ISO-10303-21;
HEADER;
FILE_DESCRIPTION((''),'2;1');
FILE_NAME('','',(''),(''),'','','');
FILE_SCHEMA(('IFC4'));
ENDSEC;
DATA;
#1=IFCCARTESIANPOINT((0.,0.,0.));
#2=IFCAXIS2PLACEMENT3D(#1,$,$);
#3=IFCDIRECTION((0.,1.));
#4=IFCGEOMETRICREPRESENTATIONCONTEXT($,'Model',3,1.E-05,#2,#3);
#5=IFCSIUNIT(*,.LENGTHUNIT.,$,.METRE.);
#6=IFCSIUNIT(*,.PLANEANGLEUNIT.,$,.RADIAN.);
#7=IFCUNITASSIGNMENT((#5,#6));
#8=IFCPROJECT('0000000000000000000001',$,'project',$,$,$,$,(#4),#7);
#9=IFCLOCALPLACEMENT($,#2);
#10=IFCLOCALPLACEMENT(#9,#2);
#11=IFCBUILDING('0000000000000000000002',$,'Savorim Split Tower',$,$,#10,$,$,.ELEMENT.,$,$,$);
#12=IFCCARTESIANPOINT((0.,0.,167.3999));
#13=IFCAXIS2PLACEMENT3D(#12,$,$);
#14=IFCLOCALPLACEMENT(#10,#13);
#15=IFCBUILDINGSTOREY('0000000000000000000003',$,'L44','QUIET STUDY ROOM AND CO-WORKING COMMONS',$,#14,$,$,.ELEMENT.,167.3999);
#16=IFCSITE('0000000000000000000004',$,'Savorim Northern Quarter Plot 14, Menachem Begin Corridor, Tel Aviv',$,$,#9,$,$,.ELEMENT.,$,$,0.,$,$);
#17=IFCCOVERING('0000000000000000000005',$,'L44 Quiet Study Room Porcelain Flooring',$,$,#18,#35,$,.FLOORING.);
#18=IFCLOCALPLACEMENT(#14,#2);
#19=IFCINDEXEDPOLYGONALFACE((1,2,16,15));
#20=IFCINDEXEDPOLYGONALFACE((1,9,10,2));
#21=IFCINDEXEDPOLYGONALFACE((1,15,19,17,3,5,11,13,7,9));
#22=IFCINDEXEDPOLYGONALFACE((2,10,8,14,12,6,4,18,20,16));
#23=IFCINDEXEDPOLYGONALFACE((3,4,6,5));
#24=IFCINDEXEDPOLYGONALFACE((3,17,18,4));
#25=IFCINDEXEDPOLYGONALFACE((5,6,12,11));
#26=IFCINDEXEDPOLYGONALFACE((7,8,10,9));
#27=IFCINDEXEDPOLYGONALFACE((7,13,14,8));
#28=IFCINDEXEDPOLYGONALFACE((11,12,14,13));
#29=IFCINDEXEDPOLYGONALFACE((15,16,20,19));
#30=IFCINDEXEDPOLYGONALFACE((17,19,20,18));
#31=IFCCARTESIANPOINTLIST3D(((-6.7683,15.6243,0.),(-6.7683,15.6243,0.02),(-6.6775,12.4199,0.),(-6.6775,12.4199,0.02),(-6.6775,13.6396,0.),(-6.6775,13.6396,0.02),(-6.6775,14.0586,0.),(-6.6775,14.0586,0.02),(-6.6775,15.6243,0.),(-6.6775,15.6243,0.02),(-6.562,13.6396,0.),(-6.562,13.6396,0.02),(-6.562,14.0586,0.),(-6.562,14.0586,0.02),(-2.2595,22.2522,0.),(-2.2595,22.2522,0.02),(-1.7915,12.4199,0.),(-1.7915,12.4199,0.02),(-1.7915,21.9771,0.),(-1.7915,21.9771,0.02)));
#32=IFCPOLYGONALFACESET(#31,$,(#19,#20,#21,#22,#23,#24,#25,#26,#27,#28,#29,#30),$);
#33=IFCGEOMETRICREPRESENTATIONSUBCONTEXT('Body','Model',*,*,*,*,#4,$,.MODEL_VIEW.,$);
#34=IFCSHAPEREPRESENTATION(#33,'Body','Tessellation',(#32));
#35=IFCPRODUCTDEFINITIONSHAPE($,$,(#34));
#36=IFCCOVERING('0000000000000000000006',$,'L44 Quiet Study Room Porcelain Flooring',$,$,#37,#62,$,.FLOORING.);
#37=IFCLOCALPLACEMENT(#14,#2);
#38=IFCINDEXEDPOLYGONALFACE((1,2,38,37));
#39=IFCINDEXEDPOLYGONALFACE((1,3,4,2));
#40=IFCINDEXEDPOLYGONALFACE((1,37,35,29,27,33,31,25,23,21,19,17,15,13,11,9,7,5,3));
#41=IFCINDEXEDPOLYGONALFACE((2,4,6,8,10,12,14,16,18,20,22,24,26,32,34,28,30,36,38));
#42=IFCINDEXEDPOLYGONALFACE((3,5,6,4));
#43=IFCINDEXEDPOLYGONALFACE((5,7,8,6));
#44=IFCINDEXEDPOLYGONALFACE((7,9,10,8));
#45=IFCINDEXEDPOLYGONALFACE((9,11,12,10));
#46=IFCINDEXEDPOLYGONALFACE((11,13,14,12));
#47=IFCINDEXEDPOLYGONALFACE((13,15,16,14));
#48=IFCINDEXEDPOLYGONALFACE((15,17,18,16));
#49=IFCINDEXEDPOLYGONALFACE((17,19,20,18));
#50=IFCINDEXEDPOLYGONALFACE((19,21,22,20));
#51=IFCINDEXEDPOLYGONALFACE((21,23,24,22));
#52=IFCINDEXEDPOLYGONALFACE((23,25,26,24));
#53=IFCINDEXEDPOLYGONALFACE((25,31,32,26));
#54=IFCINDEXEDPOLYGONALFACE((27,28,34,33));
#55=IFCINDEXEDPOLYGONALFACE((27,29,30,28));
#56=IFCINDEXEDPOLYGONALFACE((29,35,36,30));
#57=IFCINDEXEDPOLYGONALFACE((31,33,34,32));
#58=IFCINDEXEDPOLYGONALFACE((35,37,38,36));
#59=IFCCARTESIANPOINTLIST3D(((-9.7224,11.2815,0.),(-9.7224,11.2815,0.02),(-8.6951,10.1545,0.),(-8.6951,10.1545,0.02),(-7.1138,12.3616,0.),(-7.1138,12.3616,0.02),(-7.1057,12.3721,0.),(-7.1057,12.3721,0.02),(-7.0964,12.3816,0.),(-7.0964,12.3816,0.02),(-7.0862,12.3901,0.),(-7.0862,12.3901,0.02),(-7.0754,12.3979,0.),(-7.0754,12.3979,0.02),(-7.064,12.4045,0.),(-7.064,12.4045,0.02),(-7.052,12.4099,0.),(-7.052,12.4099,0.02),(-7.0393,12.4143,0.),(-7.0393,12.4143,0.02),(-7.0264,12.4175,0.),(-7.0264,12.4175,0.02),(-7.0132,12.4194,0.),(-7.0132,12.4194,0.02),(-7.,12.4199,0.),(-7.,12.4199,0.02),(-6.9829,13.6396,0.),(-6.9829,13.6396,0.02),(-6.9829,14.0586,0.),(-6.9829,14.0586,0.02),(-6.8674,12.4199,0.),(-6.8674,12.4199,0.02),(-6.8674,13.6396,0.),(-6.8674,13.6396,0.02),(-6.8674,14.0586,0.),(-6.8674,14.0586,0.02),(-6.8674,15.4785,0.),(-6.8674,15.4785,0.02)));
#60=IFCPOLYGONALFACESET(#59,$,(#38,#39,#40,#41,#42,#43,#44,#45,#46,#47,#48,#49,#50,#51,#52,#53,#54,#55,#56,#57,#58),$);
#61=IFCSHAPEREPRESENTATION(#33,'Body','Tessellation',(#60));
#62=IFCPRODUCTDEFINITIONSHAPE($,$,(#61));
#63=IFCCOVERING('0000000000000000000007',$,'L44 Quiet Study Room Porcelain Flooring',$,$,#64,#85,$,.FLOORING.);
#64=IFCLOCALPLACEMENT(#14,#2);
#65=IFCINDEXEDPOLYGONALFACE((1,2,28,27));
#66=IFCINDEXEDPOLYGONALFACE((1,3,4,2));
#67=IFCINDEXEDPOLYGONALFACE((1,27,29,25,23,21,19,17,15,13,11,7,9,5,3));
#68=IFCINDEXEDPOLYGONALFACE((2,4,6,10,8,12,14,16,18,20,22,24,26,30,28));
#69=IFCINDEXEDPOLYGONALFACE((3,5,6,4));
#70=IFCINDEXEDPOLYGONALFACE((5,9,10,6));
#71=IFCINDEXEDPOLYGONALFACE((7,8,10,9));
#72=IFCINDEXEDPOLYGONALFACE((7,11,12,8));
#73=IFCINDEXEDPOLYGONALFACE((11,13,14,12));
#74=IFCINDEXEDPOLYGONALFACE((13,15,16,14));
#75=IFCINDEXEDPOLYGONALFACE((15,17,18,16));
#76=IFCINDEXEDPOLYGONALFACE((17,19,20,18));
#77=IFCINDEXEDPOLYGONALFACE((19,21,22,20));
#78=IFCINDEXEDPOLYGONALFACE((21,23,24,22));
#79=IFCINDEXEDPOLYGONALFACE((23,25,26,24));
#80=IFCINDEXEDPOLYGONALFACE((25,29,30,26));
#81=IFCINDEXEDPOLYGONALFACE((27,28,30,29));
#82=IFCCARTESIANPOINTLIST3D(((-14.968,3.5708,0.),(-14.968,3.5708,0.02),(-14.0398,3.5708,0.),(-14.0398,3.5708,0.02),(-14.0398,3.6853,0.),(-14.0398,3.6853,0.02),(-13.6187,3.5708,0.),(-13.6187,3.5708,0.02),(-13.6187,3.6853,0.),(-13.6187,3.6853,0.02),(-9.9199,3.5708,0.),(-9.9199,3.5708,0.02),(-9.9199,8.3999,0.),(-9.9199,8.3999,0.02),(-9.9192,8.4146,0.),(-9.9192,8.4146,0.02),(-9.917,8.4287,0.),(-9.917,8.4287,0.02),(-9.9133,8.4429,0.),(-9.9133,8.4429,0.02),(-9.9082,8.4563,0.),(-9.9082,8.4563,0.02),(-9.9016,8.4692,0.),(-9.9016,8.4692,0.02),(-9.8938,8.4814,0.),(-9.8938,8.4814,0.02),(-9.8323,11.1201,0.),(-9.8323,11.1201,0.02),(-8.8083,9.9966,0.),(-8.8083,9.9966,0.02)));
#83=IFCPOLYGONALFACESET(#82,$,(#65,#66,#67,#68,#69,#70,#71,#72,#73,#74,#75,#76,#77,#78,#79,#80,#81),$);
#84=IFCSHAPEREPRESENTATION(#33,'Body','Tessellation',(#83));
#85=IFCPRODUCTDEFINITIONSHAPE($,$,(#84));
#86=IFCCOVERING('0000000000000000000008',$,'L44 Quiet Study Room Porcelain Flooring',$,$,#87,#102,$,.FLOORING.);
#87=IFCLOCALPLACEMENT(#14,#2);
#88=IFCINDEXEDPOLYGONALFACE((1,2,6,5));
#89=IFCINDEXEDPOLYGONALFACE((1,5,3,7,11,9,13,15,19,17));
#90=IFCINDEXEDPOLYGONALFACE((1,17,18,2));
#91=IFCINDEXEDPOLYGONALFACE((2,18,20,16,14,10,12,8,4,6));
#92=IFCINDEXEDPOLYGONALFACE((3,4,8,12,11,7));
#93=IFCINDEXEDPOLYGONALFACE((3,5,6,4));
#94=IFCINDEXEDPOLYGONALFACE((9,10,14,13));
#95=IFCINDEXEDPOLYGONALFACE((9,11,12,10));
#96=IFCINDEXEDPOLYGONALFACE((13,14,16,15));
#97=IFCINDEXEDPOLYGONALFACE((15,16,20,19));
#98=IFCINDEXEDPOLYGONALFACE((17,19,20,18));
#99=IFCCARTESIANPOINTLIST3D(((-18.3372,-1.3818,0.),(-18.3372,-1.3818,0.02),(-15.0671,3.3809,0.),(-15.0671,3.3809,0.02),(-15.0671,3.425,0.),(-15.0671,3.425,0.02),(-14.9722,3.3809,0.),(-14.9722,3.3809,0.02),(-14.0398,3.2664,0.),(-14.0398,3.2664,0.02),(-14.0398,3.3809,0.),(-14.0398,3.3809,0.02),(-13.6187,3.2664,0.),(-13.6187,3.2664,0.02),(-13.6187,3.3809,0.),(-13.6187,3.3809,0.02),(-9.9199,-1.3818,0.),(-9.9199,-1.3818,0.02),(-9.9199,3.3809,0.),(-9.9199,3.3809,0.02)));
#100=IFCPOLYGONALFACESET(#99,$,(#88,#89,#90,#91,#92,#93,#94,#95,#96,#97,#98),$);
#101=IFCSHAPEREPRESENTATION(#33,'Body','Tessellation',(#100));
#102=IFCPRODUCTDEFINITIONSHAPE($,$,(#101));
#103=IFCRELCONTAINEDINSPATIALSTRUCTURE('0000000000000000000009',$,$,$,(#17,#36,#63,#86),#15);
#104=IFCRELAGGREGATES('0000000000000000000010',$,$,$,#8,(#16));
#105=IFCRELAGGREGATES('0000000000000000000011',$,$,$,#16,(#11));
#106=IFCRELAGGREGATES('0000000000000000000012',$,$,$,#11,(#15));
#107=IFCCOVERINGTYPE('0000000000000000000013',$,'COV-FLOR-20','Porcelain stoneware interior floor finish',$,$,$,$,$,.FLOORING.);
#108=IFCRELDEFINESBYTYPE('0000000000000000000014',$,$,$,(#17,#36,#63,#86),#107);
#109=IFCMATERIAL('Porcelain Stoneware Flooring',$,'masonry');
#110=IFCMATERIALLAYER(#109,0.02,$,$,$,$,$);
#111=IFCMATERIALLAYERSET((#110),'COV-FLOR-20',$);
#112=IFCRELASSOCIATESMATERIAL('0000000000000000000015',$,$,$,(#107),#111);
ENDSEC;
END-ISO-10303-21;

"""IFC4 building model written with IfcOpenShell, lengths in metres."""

from ifc_helpers import new_model, si_unit, direction, frame, origin, place, context, subcontext, project, spatial, polyline, outline, extrude, material, layer, layer_set, type_object, element, save


model = new_model("IFC4")

# Units and contexts
model_context = context("Model", 3, precision=1e-05, world=origin(), true_north=direction((0.0, 1.0)))
body_context = subcontext(model_context, "Body", "Model", "MODEL_VIEW")
ifc_project = project(units=[si_unit("LENGTHUNIT", "METRE"), si_unit("PLANEANGLEUNIT", "RADIAN")], contexts=[model_context])

# Site, building, storey
site_placement = place(None, origin())
site = spatial("IfcSite", under=ifc_project, at=site_placement, Name="Savorim Northern Quarter Plot 14, Menachem Begin Corridor, Tel Aviv", CompositionType="ELEMENT", RefElevation=0.0)
building_placement = place(site_placement, origin())
building = spatial("IfcBuilding", under=site, at=building_placement, Name="Savorim Split Tower", CompositionType="ELEMENT")
storey_placement = place(building_placement, frame((0.0, 0.0, 167.3999)))
storey = spatial("IfcBuildingStorey", under=building, at=storey_placement, Name="L44", Description="QUIET STUDY ROOM AND CO-WORKING COMMONS", CompositionType="ELEMENT", Elevation=167.3999)

# Coverings
ifc_material_1 = material(Name="Porcelain Stoneware Flooring", Category="masonry")
ifc_layer_1 = layer(ifc_material_1, 0.02)
ifc_layer_set_1 = layer_set([ifc_layer_1], Name="COV-FLOR-20")
covering_type_1 = type_object("IfcCoveringType", Name="COV-FLOR-20", Description="Porcelain stoneware interior floor finish", PredefinedType="FLOORING", material=ifc_layer_set_1)
covering_1_placement = place(storey_placement, origin())
element("IfcCovering", 1, at=covering_1_placement, inside=storey, type_object=covering_type_1, Name="L44 Quiet Study Room Porcelain Flooring", PredefinedType="FLOORING", context=body_context, shape_type="SweptSolid", body=[
    extrude(outline(polyline([(-6.6775, 12.4199), (-1.7915, 12.4199), (-1.7915, 21.9771), (-2.2595, 22.2522), (-6.7683, 15.6243), (-6.6775, 15.6243), (-6.6775, 14.0586), (-6.562, 14.0586), (-6.562, 13.6396), (-6.6775, 13.6396), (-6.6775, 12.4199)])), origin(), (0.0, 0.0, 1.0), 0.02),
])
covering_2_placement = place(storey_placement, origin())
element("IfcCovering", 2, at=covering_2_placement, inside=storey, type_object=covering_type_1, Name="L44 Quiet Study Room Porcelain Flooring", PredefinedType="FLOORING", context=body_context, shape_type="SweptSolid", body=[
    extrude(outline(polyline([(-7.0132, 12.4194), (-7.0, 12.4199), (-6.8674, 12.4199), (-6.8674, 13.6396), (-6.9829, 13.6396), (-6.9829, 14.0586), (-6.8674, 14.0586), (-6.8674, 15.4785), (-9.7224, 11.2815), (-8.6951, 10.1545), (-7.1138, 12.3616), (-7.1057, 12.3721), (-7.0964, 12.3816), (-7.0862, 12.3901), (-7.0754, 12.3979), (-7.064, 12.4045), (-7.052, 12.4099), (-7.0393, 12.4143), (-7.0264, 12.4175), (-7.0132, 12.4194)])), origin(), (0.0, 0.0, 1.0), 0.02),
])
covering_3_placement = place(storey_placement, origin())
element("IfcCovering", 3, at=covering_3_placement, inside=storey, type_object=covering_type_1, Name="L44 Quiet Study Room Porcelain Flooring", PredefinedType="FLOORING", context=body_context, shape_type="SweptSolid", body=[
    extrude(outline(polyline([(-9.9082, 8.4563), (-9.9016, 8.4692), (-9.8938, 8.4814), (-8.8083, 9.9966), (-9.8323, 11.1201), (-14.968, 3.5708), (-14.0398, 3.5708), (-14.0398, 3.6853), (-13.6187, 3.6853), (-13.6187, 3.5708), (-9.9199, 3.5708), (-9.9199, 8.3999), (-9.9192, 8.4146), (-9.917, 8.4287), (-9.9133, 8.4429), (-9.9082, 8.4563)])), origin(), (0.0, 0.0, 1.0), 0.02),
])
covering_4_placement = place(storey_placement, origin())
element("IfcCovering", 4, at=covering_4_placement, inside=storey, type_object=covering_type_1, Name="L44 Quiet Study Room Porcelain Flooring", PredefinedType="FLOORING", context=body_context, shape_type="SweptSolid", body=[
    extrude(outline(polyline([(-14.0398, 3.3809), (-14.9722, 3.3809), (-15.0671, 3.3809), (-15.0671, 3.425), (-18.3372, -1.3818), (-9.9199, -1.3818), (-9.9199, 3.3809), (-13.6187, 3.3809), (-13.6187, 3.2664), (-14.0398, 3.2664), (-14.0398, 3.3809)])), origin(), (0.0, 0.0, 1.0), 0.02),
])

save(model, "model.ifc")
